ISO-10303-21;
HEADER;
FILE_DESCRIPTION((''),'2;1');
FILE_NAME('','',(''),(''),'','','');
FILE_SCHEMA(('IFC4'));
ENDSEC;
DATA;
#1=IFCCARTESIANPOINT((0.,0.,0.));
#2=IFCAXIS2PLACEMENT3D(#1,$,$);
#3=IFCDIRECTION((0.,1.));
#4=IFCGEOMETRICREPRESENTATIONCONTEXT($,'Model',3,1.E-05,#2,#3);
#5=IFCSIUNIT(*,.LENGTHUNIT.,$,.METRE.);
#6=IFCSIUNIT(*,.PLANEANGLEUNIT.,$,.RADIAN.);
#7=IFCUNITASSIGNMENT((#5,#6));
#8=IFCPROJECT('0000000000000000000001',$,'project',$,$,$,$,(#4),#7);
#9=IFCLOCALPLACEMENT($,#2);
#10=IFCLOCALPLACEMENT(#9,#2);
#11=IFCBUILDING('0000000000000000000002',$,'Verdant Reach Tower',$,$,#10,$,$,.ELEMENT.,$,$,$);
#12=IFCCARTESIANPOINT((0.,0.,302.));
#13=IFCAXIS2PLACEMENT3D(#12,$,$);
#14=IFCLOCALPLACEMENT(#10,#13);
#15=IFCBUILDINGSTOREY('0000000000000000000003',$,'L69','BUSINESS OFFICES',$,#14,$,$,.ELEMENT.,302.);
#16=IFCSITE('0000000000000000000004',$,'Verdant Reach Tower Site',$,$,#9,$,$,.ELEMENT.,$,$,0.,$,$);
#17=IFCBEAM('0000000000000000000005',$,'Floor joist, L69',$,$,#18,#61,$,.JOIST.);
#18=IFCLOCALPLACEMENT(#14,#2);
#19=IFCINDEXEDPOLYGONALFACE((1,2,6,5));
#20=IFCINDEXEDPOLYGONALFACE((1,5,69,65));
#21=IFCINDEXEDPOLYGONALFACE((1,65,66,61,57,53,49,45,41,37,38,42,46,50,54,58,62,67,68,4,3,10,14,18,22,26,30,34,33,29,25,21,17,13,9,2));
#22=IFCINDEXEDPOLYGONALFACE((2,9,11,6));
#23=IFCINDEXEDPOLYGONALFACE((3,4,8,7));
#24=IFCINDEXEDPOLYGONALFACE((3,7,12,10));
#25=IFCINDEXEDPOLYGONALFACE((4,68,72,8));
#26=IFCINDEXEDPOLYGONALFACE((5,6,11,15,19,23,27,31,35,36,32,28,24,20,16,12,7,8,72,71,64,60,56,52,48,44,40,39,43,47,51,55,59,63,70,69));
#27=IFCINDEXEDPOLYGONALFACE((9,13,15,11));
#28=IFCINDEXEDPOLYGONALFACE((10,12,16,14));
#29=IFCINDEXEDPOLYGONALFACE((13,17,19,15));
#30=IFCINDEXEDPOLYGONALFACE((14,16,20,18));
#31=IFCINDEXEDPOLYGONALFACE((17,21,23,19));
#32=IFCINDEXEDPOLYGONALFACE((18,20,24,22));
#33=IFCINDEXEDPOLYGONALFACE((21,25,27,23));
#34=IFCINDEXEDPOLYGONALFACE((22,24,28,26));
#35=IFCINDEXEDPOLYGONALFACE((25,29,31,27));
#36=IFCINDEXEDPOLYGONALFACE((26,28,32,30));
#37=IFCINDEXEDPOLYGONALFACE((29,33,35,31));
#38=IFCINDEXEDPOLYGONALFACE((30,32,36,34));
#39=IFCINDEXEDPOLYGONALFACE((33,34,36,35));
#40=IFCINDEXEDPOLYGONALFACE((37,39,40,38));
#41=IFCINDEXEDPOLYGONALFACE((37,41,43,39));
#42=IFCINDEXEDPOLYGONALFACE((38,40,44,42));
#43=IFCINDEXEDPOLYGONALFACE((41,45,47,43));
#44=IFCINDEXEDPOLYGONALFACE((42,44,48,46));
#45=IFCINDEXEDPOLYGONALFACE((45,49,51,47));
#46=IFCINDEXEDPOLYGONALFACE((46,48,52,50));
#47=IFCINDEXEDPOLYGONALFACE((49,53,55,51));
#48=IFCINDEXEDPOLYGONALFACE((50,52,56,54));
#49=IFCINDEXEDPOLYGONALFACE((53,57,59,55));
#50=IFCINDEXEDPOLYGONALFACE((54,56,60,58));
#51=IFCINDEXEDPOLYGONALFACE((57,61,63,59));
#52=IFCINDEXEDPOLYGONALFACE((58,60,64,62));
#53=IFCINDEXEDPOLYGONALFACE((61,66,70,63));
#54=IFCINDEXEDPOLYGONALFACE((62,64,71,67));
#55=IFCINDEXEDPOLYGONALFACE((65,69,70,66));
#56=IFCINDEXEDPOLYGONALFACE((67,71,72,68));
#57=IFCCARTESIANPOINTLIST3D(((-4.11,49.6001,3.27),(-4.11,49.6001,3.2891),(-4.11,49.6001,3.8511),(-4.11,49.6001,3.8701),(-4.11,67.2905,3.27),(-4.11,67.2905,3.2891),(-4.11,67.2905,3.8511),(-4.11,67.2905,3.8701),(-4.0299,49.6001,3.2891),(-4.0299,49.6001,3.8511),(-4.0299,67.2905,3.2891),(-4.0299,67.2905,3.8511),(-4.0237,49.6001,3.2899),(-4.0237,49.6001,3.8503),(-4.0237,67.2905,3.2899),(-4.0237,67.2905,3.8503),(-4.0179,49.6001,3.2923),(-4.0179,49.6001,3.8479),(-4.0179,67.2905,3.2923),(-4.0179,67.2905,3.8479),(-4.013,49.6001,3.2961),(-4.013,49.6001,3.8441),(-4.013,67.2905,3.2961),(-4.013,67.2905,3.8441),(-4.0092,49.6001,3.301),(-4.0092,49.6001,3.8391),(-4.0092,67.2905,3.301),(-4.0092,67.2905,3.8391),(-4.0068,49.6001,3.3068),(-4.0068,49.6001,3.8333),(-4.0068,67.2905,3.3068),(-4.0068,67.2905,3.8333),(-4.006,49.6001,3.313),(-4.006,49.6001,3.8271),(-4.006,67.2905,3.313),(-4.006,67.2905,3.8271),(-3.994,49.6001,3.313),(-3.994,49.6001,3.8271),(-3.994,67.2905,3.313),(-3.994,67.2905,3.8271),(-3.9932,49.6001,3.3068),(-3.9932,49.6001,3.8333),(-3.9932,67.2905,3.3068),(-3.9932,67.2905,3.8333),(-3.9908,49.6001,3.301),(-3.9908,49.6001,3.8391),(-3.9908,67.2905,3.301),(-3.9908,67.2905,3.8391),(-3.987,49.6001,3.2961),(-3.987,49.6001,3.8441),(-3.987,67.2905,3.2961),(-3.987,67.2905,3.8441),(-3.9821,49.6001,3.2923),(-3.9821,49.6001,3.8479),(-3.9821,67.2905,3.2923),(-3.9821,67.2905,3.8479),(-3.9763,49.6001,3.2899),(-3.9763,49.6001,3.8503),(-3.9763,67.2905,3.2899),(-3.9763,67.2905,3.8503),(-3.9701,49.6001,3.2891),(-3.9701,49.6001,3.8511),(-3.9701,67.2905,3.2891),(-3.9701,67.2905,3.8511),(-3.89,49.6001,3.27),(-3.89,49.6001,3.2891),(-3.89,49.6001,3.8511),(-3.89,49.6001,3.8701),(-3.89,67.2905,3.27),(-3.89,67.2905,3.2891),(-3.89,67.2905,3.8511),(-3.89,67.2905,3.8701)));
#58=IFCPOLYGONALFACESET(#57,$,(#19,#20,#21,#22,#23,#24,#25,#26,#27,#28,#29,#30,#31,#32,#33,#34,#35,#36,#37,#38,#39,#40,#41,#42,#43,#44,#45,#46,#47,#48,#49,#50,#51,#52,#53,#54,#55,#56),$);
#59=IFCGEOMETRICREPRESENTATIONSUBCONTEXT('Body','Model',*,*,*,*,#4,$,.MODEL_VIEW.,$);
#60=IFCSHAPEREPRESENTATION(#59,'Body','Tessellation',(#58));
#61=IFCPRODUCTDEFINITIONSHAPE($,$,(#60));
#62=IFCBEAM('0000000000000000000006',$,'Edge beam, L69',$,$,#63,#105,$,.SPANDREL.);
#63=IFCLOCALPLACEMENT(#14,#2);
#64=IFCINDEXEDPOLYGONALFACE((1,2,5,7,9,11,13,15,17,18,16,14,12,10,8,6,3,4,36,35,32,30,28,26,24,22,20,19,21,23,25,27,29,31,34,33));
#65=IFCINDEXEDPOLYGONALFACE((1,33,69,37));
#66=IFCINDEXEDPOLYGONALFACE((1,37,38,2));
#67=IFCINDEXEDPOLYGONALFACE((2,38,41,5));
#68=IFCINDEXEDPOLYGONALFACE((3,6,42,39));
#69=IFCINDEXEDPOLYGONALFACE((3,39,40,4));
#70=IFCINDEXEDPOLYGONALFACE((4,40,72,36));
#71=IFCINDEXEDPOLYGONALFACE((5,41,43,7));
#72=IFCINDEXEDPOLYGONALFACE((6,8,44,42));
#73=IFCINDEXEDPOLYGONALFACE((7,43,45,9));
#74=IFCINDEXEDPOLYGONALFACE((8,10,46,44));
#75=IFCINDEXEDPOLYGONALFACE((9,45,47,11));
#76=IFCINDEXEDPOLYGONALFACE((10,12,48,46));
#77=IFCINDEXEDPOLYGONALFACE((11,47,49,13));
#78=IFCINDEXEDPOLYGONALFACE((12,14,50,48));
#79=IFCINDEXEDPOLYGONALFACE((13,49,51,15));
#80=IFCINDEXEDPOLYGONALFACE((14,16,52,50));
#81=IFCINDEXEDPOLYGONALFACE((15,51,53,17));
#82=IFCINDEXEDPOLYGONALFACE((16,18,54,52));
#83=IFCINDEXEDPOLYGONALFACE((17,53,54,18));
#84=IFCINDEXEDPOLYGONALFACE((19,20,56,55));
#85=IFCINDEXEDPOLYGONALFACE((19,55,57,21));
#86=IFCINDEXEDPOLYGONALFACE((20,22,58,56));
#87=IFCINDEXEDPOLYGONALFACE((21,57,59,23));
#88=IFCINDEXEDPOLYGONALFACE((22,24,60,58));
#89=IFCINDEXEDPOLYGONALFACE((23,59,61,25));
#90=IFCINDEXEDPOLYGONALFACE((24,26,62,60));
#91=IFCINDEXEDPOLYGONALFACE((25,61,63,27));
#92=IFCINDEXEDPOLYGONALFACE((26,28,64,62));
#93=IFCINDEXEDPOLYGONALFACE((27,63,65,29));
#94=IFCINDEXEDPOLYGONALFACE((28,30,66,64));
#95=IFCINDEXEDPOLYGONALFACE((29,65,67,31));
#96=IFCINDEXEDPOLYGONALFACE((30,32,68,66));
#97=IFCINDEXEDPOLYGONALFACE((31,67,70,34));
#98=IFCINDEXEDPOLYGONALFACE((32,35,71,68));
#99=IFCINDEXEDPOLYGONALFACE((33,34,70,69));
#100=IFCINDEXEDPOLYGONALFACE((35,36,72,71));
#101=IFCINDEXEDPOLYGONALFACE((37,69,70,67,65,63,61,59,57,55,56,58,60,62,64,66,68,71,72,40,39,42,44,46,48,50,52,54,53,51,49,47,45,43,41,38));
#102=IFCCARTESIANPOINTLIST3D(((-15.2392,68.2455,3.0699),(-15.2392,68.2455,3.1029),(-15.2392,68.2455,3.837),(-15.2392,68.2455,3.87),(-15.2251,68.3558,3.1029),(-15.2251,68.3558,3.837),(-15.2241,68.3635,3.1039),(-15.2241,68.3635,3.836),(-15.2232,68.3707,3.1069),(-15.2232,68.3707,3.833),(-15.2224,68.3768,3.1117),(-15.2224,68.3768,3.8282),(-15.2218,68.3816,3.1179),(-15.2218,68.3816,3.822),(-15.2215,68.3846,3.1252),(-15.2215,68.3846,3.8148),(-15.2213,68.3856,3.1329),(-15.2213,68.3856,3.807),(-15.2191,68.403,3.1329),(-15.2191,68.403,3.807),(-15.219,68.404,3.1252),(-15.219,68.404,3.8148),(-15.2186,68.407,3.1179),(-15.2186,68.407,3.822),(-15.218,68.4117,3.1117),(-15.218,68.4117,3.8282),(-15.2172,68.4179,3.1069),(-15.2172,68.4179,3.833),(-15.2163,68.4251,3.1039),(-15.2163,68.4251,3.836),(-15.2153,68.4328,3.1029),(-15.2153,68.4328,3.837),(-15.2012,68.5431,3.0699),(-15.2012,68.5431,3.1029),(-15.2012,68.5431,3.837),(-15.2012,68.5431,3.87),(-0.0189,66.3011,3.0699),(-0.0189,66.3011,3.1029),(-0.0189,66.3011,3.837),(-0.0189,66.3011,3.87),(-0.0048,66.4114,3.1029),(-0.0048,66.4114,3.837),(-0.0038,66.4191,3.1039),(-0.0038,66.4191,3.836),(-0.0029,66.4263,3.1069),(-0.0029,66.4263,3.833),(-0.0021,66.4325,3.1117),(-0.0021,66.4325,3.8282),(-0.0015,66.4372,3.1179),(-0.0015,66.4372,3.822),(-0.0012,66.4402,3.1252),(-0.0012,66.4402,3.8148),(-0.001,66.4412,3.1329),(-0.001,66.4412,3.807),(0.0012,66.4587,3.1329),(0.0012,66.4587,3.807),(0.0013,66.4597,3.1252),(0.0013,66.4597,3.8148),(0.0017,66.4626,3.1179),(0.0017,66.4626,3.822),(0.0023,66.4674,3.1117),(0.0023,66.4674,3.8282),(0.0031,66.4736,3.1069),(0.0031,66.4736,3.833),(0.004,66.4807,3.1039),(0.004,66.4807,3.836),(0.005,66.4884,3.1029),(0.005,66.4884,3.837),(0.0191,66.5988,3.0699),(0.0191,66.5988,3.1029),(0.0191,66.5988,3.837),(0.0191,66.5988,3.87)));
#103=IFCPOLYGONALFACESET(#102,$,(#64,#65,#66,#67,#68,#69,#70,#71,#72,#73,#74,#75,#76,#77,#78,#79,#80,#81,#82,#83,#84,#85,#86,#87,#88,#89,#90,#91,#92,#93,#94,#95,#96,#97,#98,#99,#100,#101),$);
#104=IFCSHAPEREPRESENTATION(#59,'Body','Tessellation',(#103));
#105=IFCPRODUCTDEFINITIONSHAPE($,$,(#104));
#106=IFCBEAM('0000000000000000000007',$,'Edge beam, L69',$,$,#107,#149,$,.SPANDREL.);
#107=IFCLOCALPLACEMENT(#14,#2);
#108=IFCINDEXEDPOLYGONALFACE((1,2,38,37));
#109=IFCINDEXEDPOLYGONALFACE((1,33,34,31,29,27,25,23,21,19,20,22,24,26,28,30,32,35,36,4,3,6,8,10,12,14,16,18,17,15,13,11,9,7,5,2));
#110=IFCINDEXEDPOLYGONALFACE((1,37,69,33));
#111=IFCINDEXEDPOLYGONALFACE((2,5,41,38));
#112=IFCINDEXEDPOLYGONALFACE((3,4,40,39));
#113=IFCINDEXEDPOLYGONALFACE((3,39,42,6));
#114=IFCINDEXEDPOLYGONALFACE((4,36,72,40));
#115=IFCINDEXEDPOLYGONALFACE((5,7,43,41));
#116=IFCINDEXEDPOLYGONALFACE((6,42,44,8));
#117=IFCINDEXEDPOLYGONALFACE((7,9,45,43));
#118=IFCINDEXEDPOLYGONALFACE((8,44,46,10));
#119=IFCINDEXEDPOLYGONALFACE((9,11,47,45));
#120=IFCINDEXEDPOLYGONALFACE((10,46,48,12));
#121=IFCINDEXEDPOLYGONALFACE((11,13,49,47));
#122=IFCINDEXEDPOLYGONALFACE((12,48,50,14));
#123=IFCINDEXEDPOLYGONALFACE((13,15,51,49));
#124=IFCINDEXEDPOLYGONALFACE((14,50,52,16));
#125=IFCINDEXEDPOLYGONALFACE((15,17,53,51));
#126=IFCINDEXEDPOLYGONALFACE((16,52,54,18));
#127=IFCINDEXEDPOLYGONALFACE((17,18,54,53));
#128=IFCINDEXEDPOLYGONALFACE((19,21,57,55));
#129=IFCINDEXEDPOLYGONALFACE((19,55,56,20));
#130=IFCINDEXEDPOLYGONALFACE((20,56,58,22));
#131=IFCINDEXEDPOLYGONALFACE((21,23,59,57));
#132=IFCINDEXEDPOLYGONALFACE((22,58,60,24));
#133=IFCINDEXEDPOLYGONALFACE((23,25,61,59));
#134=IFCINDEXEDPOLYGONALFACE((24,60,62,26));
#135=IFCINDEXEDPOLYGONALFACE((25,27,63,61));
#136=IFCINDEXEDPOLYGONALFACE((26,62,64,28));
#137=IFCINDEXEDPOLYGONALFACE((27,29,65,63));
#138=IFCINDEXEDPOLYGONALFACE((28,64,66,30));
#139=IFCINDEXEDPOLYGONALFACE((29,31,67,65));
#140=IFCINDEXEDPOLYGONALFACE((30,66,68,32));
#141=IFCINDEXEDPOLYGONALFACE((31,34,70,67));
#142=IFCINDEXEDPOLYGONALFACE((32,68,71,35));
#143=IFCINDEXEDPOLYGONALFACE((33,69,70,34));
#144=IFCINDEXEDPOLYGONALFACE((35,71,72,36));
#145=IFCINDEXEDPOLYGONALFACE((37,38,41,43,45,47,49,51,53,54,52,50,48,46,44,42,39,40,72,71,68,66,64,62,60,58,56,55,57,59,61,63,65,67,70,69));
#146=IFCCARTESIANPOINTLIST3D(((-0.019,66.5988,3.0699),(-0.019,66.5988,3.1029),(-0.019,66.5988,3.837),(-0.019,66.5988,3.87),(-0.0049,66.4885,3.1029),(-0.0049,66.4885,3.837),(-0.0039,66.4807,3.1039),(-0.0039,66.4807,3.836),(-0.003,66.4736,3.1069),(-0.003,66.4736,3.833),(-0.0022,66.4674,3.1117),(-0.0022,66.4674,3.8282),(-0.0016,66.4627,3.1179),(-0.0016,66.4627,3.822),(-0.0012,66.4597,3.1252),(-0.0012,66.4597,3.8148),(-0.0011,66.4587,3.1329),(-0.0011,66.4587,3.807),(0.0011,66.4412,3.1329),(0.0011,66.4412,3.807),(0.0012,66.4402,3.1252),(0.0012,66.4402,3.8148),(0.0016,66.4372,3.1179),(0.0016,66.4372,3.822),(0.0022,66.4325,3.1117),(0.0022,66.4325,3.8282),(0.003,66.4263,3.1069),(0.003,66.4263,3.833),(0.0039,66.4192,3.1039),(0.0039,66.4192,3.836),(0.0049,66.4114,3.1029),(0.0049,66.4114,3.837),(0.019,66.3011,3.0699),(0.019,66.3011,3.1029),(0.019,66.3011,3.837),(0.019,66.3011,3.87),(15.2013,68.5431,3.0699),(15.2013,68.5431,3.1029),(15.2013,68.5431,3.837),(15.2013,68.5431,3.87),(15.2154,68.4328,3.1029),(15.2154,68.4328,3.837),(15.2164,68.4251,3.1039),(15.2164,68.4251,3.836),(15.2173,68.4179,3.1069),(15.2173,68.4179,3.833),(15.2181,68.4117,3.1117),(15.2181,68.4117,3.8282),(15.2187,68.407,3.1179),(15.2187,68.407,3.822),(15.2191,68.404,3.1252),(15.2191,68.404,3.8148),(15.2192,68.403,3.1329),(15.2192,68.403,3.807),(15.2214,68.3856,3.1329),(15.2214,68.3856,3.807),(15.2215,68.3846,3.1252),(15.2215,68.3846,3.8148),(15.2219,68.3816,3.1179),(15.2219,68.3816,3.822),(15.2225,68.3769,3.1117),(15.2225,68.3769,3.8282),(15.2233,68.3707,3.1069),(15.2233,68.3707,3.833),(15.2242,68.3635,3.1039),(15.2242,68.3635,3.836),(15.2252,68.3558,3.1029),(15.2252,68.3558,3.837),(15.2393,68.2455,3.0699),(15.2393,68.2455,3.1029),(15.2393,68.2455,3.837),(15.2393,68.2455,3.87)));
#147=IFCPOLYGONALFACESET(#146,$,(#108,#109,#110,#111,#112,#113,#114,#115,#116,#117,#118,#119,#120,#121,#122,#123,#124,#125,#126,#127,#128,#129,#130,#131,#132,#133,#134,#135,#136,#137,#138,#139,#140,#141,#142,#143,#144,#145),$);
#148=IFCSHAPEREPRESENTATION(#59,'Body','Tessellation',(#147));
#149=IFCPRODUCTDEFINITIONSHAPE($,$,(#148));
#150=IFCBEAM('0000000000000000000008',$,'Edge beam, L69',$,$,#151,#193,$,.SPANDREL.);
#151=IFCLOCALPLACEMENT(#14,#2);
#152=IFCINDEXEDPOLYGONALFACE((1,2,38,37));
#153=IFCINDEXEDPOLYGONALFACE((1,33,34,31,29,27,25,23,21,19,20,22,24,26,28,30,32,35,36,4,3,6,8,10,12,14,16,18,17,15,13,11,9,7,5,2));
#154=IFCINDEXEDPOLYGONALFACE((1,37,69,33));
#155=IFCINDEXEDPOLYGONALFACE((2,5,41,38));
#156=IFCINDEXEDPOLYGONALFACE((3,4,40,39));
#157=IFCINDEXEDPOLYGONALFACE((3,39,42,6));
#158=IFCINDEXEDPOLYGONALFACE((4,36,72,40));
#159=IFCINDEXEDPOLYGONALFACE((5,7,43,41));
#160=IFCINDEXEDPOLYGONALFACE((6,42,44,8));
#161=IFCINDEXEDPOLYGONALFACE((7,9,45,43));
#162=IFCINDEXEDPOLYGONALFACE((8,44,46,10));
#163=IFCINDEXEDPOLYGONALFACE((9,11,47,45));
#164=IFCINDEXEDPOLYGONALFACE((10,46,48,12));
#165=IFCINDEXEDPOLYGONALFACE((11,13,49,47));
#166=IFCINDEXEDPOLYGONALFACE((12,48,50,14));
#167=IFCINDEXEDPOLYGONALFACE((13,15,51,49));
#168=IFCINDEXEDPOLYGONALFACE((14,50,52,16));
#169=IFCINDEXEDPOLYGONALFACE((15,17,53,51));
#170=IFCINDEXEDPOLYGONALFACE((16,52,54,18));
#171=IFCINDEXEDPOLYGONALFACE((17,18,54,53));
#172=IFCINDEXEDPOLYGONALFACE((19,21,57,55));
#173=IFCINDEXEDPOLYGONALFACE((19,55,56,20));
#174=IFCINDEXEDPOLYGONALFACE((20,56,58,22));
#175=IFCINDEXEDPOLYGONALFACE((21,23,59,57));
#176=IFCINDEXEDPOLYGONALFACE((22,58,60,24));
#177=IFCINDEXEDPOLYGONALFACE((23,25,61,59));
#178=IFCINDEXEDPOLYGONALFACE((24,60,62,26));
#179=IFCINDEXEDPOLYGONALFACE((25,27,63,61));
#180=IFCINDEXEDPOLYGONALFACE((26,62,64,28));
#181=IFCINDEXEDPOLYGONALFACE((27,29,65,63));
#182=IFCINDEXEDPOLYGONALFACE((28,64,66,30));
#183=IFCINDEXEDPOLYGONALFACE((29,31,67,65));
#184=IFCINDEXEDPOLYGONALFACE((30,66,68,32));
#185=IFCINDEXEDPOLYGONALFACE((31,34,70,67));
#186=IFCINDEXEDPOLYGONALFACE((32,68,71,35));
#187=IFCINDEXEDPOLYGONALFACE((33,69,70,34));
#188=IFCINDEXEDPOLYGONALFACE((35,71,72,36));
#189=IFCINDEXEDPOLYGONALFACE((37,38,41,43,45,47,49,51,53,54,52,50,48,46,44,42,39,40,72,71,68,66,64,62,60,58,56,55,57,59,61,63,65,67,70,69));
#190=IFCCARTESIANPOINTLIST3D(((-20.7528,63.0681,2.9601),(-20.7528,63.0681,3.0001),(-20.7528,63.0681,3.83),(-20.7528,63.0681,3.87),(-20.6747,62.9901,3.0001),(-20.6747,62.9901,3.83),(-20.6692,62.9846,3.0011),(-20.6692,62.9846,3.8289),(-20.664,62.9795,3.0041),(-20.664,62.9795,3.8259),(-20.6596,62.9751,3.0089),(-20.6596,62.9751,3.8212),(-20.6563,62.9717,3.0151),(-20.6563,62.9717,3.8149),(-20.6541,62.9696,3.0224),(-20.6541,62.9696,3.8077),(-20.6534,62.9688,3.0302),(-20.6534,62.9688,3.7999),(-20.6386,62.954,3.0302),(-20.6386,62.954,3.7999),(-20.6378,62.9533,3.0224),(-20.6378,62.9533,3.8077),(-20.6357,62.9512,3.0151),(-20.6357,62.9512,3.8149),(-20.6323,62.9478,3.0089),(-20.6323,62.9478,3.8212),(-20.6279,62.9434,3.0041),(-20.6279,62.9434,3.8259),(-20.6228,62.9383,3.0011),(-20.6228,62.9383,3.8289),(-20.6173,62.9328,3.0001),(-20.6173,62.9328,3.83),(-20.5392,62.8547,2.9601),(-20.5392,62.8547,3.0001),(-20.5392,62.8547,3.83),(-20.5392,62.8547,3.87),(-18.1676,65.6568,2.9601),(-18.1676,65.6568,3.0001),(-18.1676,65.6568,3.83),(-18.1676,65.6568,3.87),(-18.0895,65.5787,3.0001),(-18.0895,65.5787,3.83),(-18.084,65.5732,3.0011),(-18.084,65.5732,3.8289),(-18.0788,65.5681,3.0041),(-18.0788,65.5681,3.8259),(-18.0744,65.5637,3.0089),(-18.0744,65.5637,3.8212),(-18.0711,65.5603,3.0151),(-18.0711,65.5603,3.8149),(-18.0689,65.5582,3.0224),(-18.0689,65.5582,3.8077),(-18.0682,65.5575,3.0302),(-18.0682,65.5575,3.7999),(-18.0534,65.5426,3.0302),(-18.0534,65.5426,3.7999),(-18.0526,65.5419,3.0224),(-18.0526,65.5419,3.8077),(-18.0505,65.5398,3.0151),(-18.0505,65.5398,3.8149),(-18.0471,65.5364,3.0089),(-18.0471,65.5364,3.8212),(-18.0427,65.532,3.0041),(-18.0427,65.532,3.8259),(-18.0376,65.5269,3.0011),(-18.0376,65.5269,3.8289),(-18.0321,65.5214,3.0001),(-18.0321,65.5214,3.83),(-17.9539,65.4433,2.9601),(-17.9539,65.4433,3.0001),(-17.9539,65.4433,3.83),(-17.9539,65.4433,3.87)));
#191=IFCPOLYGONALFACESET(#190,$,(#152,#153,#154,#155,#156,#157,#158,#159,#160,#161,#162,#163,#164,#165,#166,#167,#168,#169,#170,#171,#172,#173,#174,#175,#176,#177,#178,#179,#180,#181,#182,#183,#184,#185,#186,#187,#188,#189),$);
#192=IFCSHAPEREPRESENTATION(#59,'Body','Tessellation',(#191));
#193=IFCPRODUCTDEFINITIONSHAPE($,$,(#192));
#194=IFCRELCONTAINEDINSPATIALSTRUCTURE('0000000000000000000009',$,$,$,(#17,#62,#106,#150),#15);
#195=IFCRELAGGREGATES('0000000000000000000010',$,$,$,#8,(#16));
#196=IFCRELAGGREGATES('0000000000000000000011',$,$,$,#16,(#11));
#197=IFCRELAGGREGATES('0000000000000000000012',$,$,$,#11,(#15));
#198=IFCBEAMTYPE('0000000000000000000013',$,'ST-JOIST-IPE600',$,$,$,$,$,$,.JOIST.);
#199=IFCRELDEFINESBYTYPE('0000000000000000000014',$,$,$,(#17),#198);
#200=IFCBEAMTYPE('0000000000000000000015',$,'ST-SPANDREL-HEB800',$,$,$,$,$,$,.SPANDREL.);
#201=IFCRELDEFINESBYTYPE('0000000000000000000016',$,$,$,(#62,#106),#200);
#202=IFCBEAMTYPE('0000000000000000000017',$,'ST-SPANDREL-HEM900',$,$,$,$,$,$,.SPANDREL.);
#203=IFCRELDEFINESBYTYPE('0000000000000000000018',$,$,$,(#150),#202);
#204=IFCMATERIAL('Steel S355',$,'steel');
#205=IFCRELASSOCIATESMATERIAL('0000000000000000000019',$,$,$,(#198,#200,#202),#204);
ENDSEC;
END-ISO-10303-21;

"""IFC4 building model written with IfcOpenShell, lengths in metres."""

from ifc_helpers import new_model, si_unit, direction, frame, origin, origin_2d, place, context, subcontext, project, spatial, i_section, extrude, material, material_profile, profile_set, type_object, element, save


model = new_model("IFC4")

# Units and contexts
model_context = context("Model", 3, precision=1e-05, world=origin(), true_north=direction((0.0, 1.0)))
body_context = subcontext(model_context, "Body", "Model", "MODEL_VIEW")
ifc_project = project(units=[si_unit("LENGTHUNIT", "METRE"), si_unit("PLANEANGLEUNIT", "RADIAN")], contexts=[model_context])

# Site, building, storey
site_placement = place(None, origin())
site = spatial("IfcSite", under=ifc_project, at=site_placement, Name="Verdant Reach Tower Site", CompositionType="ELEMENT", RefElevation=0.0)
building_placement = place(site_placement, origin())
building = spatial("IfcBuilding", under=site, at=building_placement, Name="Verdant Reach Tower", CompositionType="ELEMENT")
storey_placement = place(building_placement, frame((0.0, 0.0, 302.0)))
storey = spatial("IfcBuildingStorey", under=building, at=storey_placement, Name="L69", Description="BUSINESS OFFICES", CompositionType="ELEMENT", Elevation=302.0)

# Beams
ifc_material_1 = material(Name="Steel S355", Category="steel")
ifc_material_profile_1 = material_profile(ifc_material_1, i_section(OverallWidth=0.22, OverallDepth=0.6001, WebThickness=0.012, FlangeThickness=0.019, FilletRadius=0.0239, at=origin_2d()), Name="IPE 600")
ifc_profile_set_1 = profile_set([ifc_material_profile_1], Name="Steel S355")
beam_type_1 = type_object("IfcBeamType", Name="ST-JOIST-IPE600", PredefinedType="JOIST", material=ifc_profile_set_1)
beam_1_placement = place(storey_placement, frame((-4.0, 49.6001, 3.5701), z_axis=(0.0, 1.0, 0.0), x_axis=(-1.0, 0.0, 0.0)))
element("IfcBeam", 1, at=beam_1_placement, inside=storey, type_object=beam_type_1, Name="Floor joist, L69", PredefinedType="JOIST", context=body_context, shape_type="SweptSolid", body=[
    extrude(i_section(OverallWidth=0.22, OverallDepth=0.6001, WebThickness=0.012, FlangeThickness=0.019, FilletRadius=0.0239, at=origin_2d()), origin(), (0.0, 0.0, 1.0), 17.6904),
])
ifc_material_profile_2 = material_profile(ifc_material_1, i_section(OverallWidth=0.3, OverallDepth=0.8, WebThickness=0.0176, FlangeThickness=0.033, FilletRadius=0.03, at=origin_2d()), Name="HEB 800")
ifc_profile_set_2 = profile_set([ifc_material_profile_2], Name="Steel S355")
beam_type_2 = type_object("IfcBeamType", Name="ST-SPANDREL-HEB800", PredefinedType="SPANDREL", material=ifc_profile_set_2)
for number, where, z_axis, x_axis, name in (
    (2, (-15.2202, 68.3943, 3.47), (0.991939, -0.126717, 0.0), (0.126717, 0.991939, 0.0), "Edge beam, L69"),
    (3, (0.0, 66.45, 3.47), (0.991939, 0.126717, 0.0), (-0.126717, 0.991939, 0.0), "Edge beam, L69"),
):
    element("IfcBeam", number, at=place(storey_placement, frame(where, z_axis=z_axis, x_axis=x_axis)), inside=storey, type_object=beam_type_2, Name=name, PredefinedType="SPANDREL", context=body_context, shape_type="SweptSolid", body=[
        extrude(i_section(OverallWidth=0.3, OverallDepth=0.8, WebThickness=0.0176, FlangeThickness=0.033, FilletRadius=0.03, at=origin_2d()), origin(), (0.0, 0.0, 1.0), 15.344),
    ])
ifc_material_profile_3 = material_profile(ifc_material_1, i_section(OverallWidth=0.302, OverallDepth=0.9099, WebThickness=0.021, FlangeThickness=0.04, FilletRadius=0.03, at=origin_2d()), Name="HEM 900")
ifc_profile_set_3 = profile_set([ifc_material_profile_3], Name="Steel S355")
beam_type_3 = type_object("IfcBeamType", Name="ST-SPANDREL-HEM900", PredefinedType="SPANDREL", material=ifc_profile_set_3)
beam_2_placement = place(storey_placement, frame((-20.646, 62.9614, 3.415), z_axis=(0.706639, 0.707574, 0.0), x_axis=(-0.707574, 0.706639, 0.0)))
element("IfcBeam", 4, at=beam_2_placement, inside=storey, type_object=beam_type_3, Name="Edge beam, L69", PredefinedType="SPANDREL", context=body_context, shape_type="SweptSolid", body=[
    extrude(i_section(OverallWidth=0.302, OverallDepth=0.9099, WebThickness=0.021, FlangeThickness=0.04, FilletRadius=0.03, at=origin_2d()), origin(), (0.0, 0.0, 1.0), 3.6584),
])

save(model, "model.ifc")
